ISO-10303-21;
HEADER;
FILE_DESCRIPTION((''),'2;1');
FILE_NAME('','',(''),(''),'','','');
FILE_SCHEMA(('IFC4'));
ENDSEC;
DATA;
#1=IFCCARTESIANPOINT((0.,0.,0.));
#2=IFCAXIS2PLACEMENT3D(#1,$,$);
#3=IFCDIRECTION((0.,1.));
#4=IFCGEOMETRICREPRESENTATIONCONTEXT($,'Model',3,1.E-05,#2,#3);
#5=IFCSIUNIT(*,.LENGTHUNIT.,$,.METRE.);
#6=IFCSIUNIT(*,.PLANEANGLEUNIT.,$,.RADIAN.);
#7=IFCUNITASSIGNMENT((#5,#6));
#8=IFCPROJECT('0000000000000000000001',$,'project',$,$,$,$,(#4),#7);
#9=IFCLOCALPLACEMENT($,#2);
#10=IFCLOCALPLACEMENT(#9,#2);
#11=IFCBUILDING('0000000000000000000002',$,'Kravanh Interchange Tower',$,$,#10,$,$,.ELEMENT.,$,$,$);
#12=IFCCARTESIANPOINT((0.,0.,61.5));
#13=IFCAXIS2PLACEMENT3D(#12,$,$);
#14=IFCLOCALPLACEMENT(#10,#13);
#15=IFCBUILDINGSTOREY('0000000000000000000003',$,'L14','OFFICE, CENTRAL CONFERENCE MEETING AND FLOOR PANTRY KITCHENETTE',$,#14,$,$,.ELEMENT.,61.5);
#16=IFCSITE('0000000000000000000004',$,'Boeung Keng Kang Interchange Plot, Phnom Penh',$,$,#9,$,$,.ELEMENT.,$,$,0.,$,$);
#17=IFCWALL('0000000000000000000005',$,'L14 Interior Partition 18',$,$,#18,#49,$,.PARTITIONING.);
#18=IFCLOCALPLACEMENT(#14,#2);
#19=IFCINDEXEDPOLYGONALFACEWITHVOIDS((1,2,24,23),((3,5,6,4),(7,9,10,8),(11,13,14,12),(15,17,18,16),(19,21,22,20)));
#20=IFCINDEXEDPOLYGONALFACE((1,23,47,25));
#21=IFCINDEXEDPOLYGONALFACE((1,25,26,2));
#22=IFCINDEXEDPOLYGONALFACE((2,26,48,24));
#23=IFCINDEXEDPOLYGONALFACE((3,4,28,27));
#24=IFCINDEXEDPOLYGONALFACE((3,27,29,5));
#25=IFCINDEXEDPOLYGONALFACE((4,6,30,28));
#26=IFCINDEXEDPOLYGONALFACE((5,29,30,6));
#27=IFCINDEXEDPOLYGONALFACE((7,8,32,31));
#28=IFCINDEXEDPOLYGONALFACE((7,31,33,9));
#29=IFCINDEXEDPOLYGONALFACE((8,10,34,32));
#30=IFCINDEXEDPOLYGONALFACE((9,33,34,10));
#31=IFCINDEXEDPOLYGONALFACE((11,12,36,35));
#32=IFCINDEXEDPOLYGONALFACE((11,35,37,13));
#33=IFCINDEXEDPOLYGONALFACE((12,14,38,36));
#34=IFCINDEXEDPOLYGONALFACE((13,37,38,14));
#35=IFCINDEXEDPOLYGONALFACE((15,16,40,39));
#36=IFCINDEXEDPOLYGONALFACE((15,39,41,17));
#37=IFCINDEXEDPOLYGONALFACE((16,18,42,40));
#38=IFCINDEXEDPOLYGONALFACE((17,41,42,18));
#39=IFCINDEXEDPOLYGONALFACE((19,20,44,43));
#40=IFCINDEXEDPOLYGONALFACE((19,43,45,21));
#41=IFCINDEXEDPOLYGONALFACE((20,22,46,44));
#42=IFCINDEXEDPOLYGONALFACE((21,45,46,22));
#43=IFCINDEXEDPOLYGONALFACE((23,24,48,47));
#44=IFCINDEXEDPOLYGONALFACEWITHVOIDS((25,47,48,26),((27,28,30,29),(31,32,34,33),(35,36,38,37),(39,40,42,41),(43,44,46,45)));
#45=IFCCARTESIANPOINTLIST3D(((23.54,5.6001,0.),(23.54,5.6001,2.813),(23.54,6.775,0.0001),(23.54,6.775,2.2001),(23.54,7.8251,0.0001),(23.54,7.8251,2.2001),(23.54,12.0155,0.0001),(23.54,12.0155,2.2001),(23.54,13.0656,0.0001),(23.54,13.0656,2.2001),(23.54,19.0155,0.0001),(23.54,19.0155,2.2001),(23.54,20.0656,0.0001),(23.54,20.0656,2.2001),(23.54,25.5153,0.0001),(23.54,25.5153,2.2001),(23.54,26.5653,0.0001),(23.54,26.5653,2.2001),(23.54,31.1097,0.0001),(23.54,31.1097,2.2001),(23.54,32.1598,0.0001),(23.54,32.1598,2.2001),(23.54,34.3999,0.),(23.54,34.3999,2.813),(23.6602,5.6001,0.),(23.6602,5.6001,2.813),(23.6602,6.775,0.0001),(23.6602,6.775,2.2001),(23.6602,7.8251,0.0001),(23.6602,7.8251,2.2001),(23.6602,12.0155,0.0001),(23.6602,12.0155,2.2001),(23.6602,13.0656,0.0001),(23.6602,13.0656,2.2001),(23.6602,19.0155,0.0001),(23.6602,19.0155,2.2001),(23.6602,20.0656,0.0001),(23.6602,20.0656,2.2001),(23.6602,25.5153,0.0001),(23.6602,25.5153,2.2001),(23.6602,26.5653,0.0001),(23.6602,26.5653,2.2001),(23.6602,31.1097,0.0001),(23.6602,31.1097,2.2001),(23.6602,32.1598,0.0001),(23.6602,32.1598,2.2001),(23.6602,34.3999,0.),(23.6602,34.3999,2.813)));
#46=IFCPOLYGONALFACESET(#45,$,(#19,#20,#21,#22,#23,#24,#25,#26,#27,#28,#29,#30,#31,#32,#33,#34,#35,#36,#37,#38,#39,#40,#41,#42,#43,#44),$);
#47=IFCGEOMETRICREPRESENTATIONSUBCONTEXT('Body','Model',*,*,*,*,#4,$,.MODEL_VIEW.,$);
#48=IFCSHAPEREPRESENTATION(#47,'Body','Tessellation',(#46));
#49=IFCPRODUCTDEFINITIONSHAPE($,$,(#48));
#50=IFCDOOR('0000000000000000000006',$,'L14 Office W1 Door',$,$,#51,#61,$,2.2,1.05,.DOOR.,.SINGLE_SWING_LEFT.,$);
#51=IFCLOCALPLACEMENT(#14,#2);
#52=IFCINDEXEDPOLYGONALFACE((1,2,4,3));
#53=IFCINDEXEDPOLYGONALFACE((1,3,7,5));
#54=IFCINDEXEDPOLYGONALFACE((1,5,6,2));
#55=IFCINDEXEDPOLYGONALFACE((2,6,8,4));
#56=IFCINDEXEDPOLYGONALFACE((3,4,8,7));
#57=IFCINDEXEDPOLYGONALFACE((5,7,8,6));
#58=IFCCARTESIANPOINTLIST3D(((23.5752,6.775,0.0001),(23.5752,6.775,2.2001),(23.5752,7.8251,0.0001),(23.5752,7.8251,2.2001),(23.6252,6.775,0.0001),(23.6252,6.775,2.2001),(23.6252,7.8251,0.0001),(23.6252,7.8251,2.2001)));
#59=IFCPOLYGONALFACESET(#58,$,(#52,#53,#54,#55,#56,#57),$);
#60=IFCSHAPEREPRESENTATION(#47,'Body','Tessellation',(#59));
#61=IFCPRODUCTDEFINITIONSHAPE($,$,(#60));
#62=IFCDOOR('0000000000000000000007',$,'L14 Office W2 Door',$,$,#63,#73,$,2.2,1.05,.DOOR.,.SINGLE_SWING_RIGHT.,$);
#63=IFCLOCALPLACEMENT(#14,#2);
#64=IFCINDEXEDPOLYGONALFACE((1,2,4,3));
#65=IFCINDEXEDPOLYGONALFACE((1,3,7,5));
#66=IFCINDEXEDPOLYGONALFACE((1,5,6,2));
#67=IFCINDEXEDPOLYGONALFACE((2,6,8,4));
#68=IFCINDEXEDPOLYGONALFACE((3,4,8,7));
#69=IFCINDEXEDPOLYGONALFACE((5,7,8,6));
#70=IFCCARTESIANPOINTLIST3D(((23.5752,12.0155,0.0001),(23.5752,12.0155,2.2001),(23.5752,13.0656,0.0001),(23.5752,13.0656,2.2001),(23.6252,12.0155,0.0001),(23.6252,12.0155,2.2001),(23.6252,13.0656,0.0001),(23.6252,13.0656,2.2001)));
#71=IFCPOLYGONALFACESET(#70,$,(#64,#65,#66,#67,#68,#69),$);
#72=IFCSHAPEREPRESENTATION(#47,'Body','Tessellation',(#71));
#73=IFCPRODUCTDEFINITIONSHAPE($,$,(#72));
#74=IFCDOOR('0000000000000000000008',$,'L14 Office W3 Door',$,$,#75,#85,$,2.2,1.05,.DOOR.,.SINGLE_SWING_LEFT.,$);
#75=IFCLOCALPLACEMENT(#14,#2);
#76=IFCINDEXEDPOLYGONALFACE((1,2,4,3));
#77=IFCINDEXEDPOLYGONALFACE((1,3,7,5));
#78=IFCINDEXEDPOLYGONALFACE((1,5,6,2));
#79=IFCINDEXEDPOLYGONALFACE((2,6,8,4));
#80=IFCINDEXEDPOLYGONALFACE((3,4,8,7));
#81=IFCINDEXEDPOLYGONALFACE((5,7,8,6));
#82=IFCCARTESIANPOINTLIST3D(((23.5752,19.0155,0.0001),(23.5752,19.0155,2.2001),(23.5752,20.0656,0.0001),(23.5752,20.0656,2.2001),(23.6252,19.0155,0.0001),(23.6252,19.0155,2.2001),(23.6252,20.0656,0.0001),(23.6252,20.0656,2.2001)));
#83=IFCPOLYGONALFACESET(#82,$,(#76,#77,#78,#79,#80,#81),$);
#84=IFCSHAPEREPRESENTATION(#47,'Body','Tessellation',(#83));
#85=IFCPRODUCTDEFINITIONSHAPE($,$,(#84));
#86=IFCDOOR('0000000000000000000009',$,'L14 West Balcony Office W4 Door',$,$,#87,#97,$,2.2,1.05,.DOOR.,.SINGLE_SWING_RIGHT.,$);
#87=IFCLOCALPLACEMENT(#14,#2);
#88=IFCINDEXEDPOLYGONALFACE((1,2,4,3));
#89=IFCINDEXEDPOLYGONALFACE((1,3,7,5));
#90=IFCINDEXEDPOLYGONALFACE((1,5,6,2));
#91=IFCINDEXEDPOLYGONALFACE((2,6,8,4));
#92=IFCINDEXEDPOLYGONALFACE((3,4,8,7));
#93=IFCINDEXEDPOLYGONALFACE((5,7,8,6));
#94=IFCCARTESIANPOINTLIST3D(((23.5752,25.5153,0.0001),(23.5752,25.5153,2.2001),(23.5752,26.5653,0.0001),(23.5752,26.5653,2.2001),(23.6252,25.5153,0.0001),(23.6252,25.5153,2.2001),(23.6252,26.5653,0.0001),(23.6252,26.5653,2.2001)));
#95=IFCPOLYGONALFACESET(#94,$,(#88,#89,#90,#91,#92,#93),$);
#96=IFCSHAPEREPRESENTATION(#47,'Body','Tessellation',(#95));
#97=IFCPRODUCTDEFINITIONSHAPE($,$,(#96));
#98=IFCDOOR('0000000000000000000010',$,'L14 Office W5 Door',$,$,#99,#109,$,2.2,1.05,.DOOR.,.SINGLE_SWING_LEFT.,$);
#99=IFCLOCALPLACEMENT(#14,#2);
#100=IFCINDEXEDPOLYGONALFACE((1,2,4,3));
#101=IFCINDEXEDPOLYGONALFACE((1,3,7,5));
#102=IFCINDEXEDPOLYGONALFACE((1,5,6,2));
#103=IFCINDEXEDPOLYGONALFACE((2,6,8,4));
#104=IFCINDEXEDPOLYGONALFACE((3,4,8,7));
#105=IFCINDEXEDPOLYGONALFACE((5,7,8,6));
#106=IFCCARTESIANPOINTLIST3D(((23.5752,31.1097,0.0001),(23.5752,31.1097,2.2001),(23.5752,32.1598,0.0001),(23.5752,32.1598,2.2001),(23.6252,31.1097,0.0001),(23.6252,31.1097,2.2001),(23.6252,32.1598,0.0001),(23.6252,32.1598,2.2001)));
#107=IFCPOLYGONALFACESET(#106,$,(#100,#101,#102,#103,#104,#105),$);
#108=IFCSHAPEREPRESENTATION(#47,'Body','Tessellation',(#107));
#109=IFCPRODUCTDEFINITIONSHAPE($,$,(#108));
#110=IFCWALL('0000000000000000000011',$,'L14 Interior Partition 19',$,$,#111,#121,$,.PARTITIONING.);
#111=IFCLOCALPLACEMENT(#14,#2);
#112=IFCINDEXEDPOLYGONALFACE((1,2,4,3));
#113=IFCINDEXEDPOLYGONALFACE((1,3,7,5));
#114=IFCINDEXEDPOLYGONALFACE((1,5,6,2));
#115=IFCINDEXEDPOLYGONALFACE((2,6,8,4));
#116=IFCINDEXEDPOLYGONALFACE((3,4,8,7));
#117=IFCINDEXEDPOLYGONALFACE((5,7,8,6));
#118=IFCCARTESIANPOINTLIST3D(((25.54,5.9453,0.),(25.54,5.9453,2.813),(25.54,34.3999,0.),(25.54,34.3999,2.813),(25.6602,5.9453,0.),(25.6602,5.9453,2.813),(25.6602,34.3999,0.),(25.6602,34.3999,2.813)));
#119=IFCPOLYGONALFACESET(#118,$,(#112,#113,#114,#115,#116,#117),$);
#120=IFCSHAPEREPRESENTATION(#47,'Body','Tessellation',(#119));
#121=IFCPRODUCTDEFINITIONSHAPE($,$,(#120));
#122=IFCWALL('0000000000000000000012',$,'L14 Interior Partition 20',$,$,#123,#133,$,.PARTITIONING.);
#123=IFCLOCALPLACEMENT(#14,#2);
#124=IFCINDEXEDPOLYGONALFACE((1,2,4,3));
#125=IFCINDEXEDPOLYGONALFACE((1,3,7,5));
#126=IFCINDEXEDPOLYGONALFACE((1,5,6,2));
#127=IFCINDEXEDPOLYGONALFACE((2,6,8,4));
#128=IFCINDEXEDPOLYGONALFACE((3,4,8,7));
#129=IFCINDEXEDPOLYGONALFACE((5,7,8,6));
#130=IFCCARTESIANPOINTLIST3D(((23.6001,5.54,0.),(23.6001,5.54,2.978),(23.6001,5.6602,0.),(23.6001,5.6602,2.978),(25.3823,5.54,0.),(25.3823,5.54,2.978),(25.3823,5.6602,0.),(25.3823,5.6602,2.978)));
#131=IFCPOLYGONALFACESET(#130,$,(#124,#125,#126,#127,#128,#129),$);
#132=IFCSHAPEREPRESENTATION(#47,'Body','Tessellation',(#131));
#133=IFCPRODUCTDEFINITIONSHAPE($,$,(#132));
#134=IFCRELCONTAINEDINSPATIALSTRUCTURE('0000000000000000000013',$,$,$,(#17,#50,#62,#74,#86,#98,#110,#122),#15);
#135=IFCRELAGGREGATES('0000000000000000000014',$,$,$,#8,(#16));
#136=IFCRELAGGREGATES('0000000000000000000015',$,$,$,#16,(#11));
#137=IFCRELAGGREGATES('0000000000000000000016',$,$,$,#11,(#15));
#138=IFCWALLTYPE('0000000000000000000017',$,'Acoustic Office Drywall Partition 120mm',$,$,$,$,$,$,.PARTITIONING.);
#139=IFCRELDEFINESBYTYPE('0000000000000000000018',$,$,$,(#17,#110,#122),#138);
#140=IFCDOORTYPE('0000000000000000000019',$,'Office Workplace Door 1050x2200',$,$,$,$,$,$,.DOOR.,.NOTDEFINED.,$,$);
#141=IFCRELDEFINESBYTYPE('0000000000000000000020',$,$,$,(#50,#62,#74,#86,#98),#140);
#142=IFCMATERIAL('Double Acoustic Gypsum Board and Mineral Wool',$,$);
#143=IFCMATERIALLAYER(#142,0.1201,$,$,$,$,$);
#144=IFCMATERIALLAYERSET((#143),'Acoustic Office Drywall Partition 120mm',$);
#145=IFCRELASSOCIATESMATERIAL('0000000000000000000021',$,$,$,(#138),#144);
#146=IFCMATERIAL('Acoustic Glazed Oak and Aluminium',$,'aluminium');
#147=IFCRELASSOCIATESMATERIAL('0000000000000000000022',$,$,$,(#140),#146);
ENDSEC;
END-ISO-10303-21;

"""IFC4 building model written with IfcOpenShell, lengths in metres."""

from ifc_helpers import new_model, si_unit, direction, frame, frame_2d, origin, place, context, subcontext, project, spatial, rectangle, extrude, material, layer, layer_set, type_object, element, fill, save


model = new_model("IFC4")

# Units and contexts
model_context = context("Model", 3, precision=1e-05, world=origin(), true_north=direction((0.0, 1.0)))
body_context = subcontext(model_context, "Body", "Model", "MODEL_VIEW")
ifc_project = project(units=[si_unit("LENGTHUNIT", "METRE"), si_unit("PLANEANGLEUNIT", "RADIAN")], contexts=[model_context])

# Site, building, storey
site_placement = place(None, origin())
site = spatial("IfcSite", under=ifc_project, at=site_placement, Name="Boeung Keng Kang Interchange Plot, Phnom Penh", CompositionType="ELEMENT", RefElevation=0.0)
building_placement = place(site_placement, origin())
building = spatial("IfcBuilding", under=site, at=building_placement, Name="Kravanh Interchange Tower", CompositionType="ELEMENT")
storey_placement = place(building_placement, frame((0.0, 0.0, 61.5)))
storey = spatial("IfcBuildingStorey", under=building, at=storey_placement, Name="L14", Description="OFFICE, CENTRAL CONFERENCE MEETING AND FLOOR PANTRY KITCHENETTE", CompositionType="ELEMENT", Elevation=61.5)

# Wall, openings, doors
ifc_material_1 = material(Name="Double Acoustic Gypsum Board and Mineral Wool")
ifc_layer_1 = layer(ifc_material_1, 0.1201)
ifc_layer_set_1 = layer_set([ifc_layer_1], Name="Acoustic Office Drywall Partition 120mm")
wall_type = type_object("IfcWallType", Name="Acoustic Office Drywall Partition 120mm", PredefinedType="PARTITIONING", material=ifc_layer_set_1)
wall_1_placement = place(storey_placement, frame((23.6001, 5.6001, 0.0), z_axis=(0.0, 0.0, 1.0), x_axis=(0.0, 1.0, 0.0)))
wall_1 = element("IfcWall", 1, at=wall_1_placement, inside=storey, type_object=wall_type, Name="L14 Interior Partition 18", PredefinedType="PARTITIONING", context=body_context, shape_type="SweptSolid", body=[
    extrude(rectangle(XDim=28.7998, YDim=0.1201, at=frame_2d((14.3999, 0.0))), origin(), (0.0, 0.0, 1.0), 2.813),
])
opening_1_placement = place(wall_1_placement, frame((1.175, 0.0, 0.0)))
opening_1 = element("IfcOpeningElement", 2, at=opening_1_placement, cuts=wall_1, PredefinedType="OPENING", context=body_context, shape_type="SweptSolid", body=[
    extrude(rectangle(XDim=1.05, YDim=2.2, at=frame_2d((0.5249, 1.1001))), frame((0.0, 0.0701, 0.0), z_axis=(0.0, -1.0, 0.0), x_axis=(1.0, 0.0, 0.0)), (0.0, 0.0, 1.0), 0.1401),
])
opening_2_placement = place(wall_1_placement, frame((6.4155, 0.0, 0.0)))
opening_2 = element("IfcOpeningElement", 3, at=opening_2_placement, cuts=wall_1, PredefinedType="OPENING", context=body_context, shape_type="SweptSolid", body=[
    extrude(rectangle(XDim=1.05, YDim=2.2, at=frame_2d((0.5249, 1.1001))), frame((0.0, 0.0701, 0.0), z_axis=(0.0, -1.0, 0.0), x_axis=(1.0, 0.0, 0.0)), (0.0, 0.0, 1.0), 0.1401),
])
opening_3_placement = place(wall_1_placement, frame((13.4155, 0.0, 0.0)))
opening_3 = element("IfcOpeningElement", 4, at=opening_3_placement, cuts=wall_1, PredefinedType="OPENING", context=body_context, shape_type="SweptSolid", body=[
    extrude(rectangle(XDim=1.05, YDim=2.2, at=frame_2d((0.5249, 1.1001))), frame((0.0, 0.0701, 0.0), z_axis=(0.0, -1.0, 0.0), x_axis=(1.0, 0.0, 0.0)), (0.0, 0.0, 1.0), 0.1401),
])
opening_4_placement = place(wall_1_placement, frame((19.9153, 0.0, 0.0)))
opening_4 = element("IfcOpeningElement", 5, at=opening_4_placement, cuts=wall_1, PredefinedType="OPENING", context=body_context, shape_type="SweptSolid", body=[
    extrude(rectangle(XDim=1.05, YDim=2.2, at=frame_2d((0.5249, 1.1001))), frame((0.0, 0.0701, 0.0), z_axis=(0.0, -1.0, 0.0), x_axis=(1.0, 0.0, 0.0)), (0.0, 0.0, 1.0), 0.1401),
])
opening_5_placement = place(wall_1_placement, frame((25.5098, 0.0, 0.0)))
opening_5 = element("IfcOpeningElement", 6, at=opening_5_placement, cuts=wall_1, PredefinedType="OPENING", context=body_context, shape_type="SweptSolid", body=[
    extrude(rectangle(XDim=1.05, YDim=2.2, at=frame_2d((0.5249, 1.1001))), frame((0.0, 0.0701, 0.0), z_axis=(0.0, -1.0, 0.0), x_axis=(1.0, 0.0, 0.0)), (0.0, 0.0, 1.0), 0.1401),
])
ifc_material_2 = material(Name="Acoustic Glazed Oak and Aluminium", Category="aluminium")
door_type = type_object("IfcDoorType", Name="Office Workplace Door 1050x2200", OperationType="NOTDEFINED", PredefinedType="DOOR", material=ifc_material_2)
door_1_placement = place(opening_1_placement, origin())
door_1 = element("IfcDoor", 7, at=door_1_placement, inside=storey, type_object=door_type, Name="L14 Office W1 Door", OperationType="SINGLE_SWING_LEFT", OverallHeight=2.2, OverallWidth=1.05, PredefinedType="DOOR", context=body_context, shape_type="SweptSolid", body=[
    extrude(rectangle(XDim=1.05, YDim=2.2, at=frame_2d((0.5249, 1.1001))), frame((0.0, 0.0249, 0.0), z_axis=(0.0, -1.0, 0.0), x_axis=(1.0, 0.0, 0.0)), (0.0, 0.0, 1.0), 0.05),
])
fill(opening_1, door_1)
door_2_placement = place(opening_2_placement, origin())
door_2 = element("IfcDoor", 8, at=door_2_placement, inside=storey, type_object=door_type, Name="L14 Office W2 Door", OperationType="SINGLE_SWING_RIGHT", OverallHeight=2.2, OverallWidth=1.05, PredefinedType="DOOR", context=body_context, shape_type="SweptSolid", body=[
    extrude(rectangle(XDim=1.05, YDim=2.2, at=frame_2d((0.5249, 1.1001))), frame((0.0, 0.0249, 0.0), z_axis=(0.0, -1.0, 0.0), x_axis=(1.0, 0.0, 0.0)), (0.0, 0.0, 1.0), 0.05),
])
fill(opening_2, door_2)
door_3_placement = place(opening_3_placement, origin())
door_3 = element("IfcDoor", 9, at=door_3_placement, inside=storey, type_object=door_type, Name="L14 Office W3 Door", OperationType="SINGLE_SWING_LEFT", OverallHeight=2.2, OverallWidth=1.05, PredefinedType="DOOR", context=body_context, shape_type="SweptSolid", body=[
    extrude(rectangle(XDim=1.05, YDim=2.2, at=frame_2d((0.5249, 1.1001))), frame((0.0, 0.0249, 0.0), z_axis=(0.0, -1.0, 0.0), x_axis=(1.0, 0.0, 0.0)), (0.0, 0.0, 1.0), 0.05),
])
fill(opening_3, door_3)
door_4_placement = place(opening_4_placement, origin())
door_4 = element("IfcDoor", 10, at=door_4_placement, inside=storey, type_object=door_type, Name="L14 West Balcony Office W4 Door", OperationType="SINGLE_SWING_RIGHT", OverallHeight=2.2, OverallWidth=1.05, PredefinedType="DOOR", context=body_context, shape_type="SweptSolid", body=[
    extrude(rectangle(XDim=1.05, YDim=2.2, at=frame_2d((0.5249, 1.1001))), frame((0.0, 0.0249, 0.0), z_axis=(0.0, -1.0, 0.0), x_axis=(1.0, 0.0, 0.0)), (0.0, 0.0, 1.0), 0.05),
])
fill(opening_4, door_4)
door_5_placement = place(opening_5_placement, origin())
door_5 = element("IfcDoor", 11, at=door_5_placement, inside=storey, type_object=door_type, Name="L14 Office W5 Door", OperationType="SINGLE_SWING_LEFT", OverallHeight=2.2, OverallWidth=1.05, PredefinedType="DOOR", context=body_context, shape_type="SweptSolid", body=[
    extrude(rectangle(XDim=1.05, YDim=2.2, at=frame_2d((0.5249, 1.1001))), frame((0.0, 0.0249, 0.0), z_axis=(0.0, -1.0, 0.0), x_axis=(1.0, 0.0, 0.0)), (0.0, 0.0, 1.0), 0.05),
])
fill(opening_5, door_5)

# Walls
wall_2_placement = place(storey_placement, frame((25.6001, 5.9453, 0.0), z_axis=(0.0, 0.0, 1.0), x_axis=(0.0, 1.0, 0.0)))
element("IfcWall", 12, at=wall_2_placement, inside=storey, type_object=wall_type, Name="L14 Interior Partition 19", PredefinedType="PARTITIONING", context=body_context, shape_type="SweptSolid", body=[
    extrude(rectangle(XDim=28.4546, YDim=0.1201, at=frame_2d((14.2273, 0.0))), origin(), (0.0, 0.0, 1.0), 2.813),
])
wall_3_placement = place(storey_placement, frame((23.6001, 5.6001, 0.0), z_axis=(0.0, 0.0, 1.0), x_axis=(1.0, 0.0, 0.0)))
element("IfcWall", 13, at=wall_3_placement, inside=storey, type_object=wall_type, Name="L14 Interior Partition 20", PredefinedType="PARTITIONING", context=body_context, shape_type="SweptSolid", body=[
    extrude(rectangle(XDim=1.7822, YDim=0.1201, at=frame_2d((0.8911, 0.0))), origin(), (0.0, 0.0, 1.0), 2.978),
])

save(model, "model.ifc")
